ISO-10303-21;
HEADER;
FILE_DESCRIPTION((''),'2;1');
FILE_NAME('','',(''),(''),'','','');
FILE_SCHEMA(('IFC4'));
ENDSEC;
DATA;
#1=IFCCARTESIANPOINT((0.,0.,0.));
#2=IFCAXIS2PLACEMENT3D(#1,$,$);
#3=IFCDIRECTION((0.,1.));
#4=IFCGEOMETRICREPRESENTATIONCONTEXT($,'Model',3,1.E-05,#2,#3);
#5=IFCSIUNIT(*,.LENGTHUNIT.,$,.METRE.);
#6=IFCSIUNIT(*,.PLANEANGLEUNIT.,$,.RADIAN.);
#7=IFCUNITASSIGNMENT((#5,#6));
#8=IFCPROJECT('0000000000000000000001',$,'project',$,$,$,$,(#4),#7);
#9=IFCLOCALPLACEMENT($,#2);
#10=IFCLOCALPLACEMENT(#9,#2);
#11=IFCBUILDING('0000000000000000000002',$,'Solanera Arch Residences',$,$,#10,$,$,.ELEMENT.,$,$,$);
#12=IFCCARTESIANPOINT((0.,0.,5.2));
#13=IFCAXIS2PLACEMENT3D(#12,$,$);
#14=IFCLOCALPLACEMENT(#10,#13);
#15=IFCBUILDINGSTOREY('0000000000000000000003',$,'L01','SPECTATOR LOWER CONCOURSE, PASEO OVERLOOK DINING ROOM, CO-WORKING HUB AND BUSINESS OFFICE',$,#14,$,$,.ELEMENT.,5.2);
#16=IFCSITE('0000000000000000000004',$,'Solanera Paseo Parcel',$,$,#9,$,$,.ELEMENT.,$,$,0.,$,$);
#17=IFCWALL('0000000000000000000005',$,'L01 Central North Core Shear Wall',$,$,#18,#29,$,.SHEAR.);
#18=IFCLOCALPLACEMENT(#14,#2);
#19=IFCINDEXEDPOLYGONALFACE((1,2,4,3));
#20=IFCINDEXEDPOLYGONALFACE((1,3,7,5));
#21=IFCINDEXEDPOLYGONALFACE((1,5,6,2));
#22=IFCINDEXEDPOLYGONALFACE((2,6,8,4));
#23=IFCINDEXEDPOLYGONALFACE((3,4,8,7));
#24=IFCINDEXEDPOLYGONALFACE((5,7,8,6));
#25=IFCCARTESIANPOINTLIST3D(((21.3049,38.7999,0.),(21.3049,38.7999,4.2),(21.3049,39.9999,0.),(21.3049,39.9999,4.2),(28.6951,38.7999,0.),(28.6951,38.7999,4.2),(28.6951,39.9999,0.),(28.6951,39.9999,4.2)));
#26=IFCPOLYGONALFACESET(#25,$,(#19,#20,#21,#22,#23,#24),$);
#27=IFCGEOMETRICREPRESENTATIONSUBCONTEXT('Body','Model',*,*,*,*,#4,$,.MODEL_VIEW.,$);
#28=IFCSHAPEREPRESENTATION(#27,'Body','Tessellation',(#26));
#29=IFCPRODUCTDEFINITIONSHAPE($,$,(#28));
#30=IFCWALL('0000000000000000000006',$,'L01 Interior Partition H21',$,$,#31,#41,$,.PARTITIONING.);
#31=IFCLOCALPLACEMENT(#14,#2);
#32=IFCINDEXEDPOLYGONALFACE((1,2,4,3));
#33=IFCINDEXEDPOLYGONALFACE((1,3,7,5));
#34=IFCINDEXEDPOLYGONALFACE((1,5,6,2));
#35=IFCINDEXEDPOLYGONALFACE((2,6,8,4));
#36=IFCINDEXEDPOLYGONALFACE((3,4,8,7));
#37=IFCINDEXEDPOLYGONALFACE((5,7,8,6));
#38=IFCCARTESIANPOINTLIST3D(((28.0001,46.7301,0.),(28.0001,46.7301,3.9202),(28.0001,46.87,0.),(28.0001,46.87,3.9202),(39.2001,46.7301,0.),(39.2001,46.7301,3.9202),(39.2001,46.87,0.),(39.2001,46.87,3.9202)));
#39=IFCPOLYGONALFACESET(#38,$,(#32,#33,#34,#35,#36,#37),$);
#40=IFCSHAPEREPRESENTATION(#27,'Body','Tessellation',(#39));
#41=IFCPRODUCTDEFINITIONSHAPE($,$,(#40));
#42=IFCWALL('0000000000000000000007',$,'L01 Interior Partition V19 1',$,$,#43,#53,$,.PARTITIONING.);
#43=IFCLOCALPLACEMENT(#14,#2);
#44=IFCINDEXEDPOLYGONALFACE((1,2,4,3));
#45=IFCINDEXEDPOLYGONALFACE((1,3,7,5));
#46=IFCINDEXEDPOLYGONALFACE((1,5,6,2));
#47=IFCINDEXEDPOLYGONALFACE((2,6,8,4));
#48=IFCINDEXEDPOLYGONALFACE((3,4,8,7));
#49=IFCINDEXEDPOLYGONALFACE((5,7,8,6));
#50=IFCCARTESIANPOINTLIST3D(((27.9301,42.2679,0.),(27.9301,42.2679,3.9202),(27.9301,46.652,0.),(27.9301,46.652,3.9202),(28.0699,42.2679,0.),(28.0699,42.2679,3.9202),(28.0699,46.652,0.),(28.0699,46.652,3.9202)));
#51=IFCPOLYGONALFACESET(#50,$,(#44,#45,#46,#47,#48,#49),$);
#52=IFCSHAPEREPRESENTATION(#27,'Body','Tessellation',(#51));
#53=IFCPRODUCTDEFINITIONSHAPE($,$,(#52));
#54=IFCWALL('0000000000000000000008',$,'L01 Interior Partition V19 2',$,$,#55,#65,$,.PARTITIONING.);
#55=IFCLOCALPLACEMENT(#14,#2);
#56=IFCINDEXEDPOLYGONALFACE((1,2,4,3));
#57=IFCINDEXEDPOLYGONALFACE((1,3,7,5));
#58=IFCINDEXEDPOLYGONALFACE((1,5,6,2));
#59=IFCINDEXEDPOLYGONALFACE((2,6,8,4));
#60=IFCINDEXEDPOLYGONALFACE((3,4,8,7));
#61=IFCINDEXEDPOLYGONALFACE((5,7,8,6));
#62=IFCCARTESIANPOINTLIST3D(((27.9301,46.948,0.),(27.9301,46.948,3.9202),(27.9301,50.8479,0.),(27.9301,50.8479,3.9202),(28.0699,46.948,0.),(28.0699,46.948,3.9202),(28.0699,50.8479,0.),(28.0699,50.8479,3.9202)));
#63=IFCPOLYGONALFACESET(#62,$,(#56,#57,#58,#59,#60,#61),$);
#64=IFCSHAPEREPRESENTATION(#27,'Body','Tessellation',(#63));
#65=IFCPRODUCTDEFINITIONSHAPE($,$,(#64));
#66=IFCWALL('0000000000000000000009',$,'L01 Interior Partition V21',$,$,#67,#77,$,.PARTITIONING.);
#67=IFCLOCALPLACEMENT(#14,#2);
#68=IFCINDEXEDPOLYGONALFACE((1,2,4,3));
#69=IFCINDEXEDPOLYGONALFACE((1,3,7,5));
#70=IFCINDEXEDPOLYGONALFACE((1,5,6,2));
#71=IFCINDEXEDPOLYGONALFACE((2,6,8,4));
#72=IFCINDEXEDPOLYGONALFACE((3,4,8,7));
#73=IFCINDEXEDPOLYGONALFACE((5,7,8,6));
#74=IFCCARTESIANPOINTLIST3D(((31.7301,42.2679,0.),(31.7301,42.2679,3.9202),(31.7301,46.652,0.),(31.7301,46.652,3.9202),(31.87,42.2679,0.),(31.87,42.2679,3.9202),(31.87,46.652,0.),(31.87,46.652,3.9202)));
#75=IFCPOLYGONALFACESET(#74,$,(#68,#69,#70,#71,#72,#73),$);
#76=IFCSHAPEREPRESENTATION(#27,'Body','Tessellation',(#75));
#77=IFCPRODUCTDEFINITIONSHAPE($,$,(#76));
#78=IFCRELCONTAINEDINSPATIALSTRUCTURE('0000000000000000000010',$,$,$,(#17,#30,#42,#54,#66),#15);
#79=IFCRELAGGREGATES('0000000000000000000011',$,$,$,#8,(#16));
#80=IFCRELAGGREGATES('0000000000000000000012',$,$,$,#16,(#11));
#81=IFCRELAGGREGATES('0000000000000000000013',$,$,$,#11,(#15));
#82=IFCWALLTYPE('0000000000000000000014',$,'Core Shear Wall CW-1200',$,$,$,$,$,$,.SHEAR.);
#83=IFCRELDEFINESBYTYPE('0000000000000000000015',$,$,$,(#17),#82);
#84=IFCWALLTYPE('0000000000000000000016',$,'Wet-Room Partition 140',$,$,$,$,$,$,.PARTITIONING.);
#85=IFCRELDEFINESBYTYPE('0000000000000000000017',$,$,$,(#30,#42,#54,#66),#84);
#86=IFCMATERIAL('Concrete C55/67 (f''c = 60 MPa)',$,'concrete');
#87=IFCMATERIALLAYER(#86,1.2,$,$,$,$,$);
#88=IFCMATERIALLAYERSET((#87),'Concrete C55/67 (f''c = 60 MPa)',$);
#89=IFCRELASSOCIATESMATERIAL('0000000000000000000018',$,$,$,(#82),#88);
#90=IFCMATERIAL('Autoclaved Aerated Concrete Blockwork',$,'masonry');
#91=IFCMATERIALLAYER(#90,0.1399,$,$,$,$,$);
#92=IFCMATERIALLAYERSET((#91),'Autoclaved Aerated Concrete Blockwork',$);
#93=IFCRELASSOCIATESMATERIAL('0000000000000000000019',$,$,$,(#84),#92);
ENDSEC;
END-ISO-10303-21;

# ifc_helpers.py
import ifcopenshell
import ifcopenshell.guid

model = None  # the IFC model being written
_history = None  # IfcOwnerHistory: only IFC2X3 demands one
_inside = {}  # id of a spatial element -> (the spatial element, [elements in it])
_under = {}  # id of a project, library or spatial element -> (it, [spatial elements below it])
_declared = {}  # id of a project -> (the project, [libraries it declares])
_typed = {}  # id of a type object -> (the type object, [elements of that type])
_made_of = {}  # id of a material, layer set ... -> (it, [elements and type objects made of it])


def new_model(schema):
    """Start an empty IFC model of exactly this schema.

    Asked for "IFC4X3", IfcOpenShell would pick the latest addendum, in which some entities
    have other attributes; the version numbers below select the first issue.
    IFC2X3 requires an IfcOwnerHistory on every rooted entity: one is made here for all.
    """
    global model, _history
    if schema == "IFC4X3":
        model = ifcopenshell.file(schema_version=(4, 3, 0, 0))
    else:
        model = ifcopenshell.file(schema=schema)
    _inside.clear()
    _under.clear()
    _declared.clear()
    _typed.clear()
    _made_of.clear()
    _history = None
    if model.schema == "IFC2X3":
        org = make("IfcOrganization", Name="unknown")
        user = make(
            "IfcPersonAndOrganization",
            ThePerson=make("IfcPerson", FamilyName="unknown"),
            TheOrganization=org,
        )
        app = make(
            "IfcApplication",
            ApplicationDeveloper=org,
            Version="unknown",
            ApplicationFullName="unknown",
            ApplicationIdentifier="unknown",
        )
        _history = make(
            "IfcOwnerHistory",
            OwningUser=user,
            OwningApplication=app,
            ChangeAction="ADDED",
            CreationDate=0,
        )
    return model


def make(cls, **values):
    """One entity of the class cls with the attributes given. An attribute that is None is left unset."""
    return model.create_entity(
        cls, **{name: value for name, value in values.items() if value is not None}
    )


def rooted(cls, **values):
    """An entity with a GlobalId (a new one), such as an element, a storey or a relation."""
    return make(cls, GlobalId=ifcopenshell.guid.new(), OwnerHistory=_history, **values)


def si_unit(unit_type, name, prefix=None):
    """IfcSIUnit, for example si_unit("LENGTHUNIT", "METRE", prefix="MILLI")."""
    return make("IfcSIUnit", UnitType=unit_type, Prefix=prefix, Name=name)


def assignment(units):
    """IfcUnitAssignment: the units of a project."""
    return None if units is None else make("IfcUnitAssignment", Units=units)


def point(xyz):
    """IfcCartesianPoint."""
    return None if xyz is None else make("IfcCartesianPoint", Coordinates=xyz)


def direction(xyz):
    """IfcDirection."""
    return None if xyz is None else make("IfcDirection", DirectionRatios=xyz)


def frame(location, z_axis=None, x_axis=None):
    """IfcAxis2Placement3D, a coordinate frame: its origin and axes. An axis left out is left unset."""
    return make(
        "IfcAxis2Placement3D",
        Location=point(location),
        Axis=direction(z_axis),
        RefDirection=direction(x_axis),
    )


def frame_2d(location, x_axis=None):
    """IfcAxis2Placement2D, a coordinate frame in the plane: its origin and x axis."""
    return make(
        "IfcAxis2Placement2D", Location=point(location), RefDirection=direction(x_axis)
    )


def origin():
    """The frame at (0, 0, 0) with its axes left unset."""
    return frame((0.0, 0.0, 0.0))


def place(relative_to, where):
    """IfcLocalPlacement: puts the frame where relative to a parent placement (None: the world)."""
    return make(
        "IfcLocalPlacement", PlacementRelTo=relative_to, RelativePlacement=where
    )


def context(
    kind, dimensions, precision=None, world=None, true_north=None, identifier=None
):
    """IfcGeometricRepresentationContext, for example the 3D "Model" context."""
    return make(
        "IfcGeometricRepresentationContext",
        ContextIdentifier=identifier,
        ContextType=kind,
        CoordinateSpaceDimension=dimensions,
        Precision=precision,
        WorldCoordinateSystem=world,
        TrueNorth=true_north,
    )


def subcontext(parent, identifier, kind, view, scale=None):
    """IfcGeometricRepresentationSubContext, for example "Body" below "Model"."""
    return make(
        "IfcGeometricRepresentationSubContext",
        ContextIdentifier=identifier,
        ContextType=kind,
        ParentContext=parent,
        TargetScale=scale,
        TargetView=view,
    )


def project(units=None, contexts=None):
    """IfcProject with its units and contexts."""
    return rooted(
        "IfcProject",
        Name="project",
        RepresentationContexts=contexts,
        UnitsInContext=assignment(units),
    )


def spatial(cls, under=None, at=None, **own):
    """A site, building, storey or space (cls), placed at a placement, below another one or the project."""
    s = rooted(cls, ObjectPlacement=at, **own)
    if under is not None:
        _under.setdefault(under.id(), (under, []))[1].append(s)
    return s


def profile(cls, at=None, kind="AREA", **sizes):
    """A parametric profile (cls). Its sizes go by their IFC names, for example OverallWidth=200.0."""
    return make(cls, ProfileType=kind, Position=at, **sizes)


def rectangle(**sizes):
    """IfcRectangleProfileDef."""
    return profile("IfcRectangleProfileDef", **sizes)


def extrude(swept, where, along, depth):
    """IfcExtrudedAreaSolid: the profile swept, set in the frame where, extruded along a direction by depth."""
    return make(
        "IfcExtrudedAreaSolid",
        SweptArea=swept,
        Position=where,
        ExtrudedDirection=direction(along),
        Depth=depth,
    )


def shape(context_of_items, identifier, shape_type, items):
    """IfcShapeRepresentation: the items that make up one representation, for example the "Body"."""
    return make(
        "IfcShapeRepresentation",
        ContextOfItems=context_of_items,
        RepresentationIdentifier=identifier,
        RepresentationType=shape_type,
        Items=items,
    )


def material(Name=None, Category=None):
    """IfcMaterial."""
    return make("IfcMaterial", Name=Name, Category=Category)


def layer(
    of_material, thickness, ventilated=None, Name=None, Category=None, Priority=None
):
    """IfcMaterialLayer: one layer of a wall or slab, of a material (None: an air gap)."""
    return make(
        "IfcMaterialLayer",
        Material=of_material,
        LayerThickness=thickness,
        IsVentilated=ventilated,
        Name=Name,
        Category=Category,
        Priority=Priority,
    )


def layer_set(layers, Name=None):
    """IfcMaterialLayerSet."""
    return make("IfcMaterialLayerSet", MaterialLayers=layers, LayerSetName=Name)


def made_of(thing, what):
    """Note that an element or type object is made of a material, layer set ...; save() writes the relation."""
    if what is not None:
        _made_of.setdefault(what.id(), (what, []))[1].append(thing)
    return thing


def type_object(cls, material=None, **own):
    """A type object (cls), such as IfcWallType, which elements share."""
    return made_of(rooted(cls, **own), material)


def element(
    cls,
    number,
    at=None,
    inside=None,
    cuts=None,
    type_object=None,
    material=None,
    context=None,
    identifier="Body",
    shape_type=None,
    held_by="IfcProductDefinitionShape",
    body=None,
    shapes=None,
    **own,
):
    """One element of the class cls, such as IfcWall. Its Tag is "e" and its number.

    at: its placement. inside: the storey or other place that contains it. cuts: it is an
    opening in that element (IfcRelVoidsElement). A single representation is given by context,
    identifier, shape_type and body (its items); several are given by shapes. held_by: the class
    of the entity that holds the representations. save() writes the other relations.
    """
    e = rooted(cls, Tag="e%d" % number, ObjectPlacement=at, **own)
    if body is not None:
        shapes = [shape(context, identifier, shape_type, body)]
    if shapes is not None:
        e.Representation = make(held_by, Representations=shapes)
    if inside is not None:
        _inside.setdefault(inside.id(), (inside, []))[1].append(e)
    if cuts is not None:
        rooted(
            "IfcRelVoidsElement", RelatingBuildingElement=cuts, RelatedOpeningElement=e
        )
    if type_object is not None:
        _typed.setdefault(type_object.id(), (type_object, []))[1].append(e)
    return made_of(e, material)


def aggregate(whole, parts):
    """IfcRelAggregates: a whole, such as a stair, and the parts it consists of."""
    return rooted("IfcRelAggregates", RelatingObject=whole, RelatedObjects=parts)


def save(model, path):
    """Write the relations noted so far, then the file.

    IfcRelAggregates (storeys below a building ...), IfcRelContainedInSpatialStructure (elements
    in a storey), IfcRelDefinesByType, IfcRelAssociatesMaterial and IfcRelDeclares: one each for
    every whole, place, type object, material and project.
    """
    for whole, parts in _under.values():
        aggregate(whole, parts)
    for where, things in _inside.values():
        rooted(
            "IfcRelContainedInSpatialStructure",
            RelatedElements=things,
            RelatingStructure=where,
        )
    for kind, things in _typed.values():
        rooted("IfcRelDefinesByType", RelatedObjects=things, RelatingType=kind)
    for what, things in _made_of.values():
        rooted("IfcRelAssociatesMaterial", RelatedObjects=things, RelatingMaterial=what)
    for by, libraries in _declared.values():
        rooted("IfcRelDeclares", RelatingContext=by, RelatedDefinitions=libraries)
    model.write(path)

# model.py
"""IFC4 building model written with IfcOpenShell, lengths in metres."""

from ifc_helpers import new_model, si_unit, direction, frame, frame_2d, origin, place, context, subcontext, project, spatial, rectangle, extrude, material, layer, layer_set, type_object, element, save


model = new_model("IFC4")

# Units and contexts
model_context = context("Model", 3, precision=1e-05, world=origin(), true_north=direction((0.0, 1.0)))
body_context = subcontext(model_context, "Body", "Model", "MODEL_VIEW")
ifc_project = project(units=[si_unit("LENGTHUNIT", "METRE"), si_unit("PLANEANGLEUNIT", "RADIAN")], contexts=[model_context])

# Site, building, storey
site_placement = place(None, origin())
site = spatial("IfcSite", under=ifc_project, at=site_placement, Name="Solanera Paseo Parcel", CompositionType="ELEMENT", RefElevation=0.0)
building_placement = place(site_placement, origin())
building = spatial("IfcBuilding", under=site, at=building_placement, Name="Solanera Arch Residences", CompositionType="ELEMENT")
storey_placement = place(building_placement, frame((0.0, 0.0, 5.2)))
storey = spatial("IfcBuildingStorey", under=building, at=storey_placement, Name="L01", Description="SPECTATOR LOWER CONCOURSE, PASEO OVERLOOK DINING ROOM, CO-WORKING HUB AND BUSINESS OFFICE", CompositionType="ELEMENT", Elevation=5.2)

# Walls
ifc_material_1 = material(Name="Concrete C55/67 (f'c = 60 MPa)", Category="concrete")
ifc_layer_1 = layer(ifc_material_1, 1.2)
ifc_layer_set_1 = layer_set([ifc_layer_1], Name="Concrete C55/67 (f'c = 60 MPa)")
wall_type_1 = type_object("IfcWallType", Name="Core Shear Wall CW-1200", PredefinedType="SHEAR", material=ifc_layer_set_1)
wall_1_placement = place(storey_placement, frame((21.3049, 39.3999, 0.0), z_axis=(0.0, 0.0, 1.0), x_axis=(1.0, 0.0, 0.0)))
element("IfcWall", 1, at=wall_1_placement, inside=storey, type_object=wall_type_1, Name="L01 Central North Core Shear Wall", PredefinedType="SHEAR", context=body_context, shape_type="SweptSolid", body=[
    extrude(rectangle(XDim=7.3901, YDim=1.2, at=frame_2d((3.6951, 0.0))), origin(), (0.0, 0.0, 1.0), 4.2),
])
ifc_material_2 = material(Name="Autoclaved Aerated Concrete Blockwork", Category="masonry")
ifc_layer_2 = layer(ifc_material_2, 0.1399)
ifc_layer_set_2 = layer_set([ifc_layer_2], Name="Autoclaved Aerated Concrete Blockwork")
wall_type_2 = type_object("IfcWallType", Name="Wet-Room Partition 140", PredefinedType="PARTITIONING", material=ifc_layer_set_2)
wall_2_placement = place(storey_placement, frame((28.0, 46.8, 0.0), z_axis=(0.0, 0.0, 1.0), x_axis=(1.0, 0.0, 0.0)))
element("IfcWall", 2, at=wall_2_placement, inside=storey, type_object=wall_type_2, Name="L01 Interior Partition H21", PredefinedType="PARTITIONING", context=body_context, shape_type="SweptSolid", body=[
    extrude(rectangle(XDim=11.2, YDim=0.1399, at=frame_2d((5.6001, 0.0))), origin(), (0.0, 0.0, 1.0), 3.9202),
])
wall_3_placement = place(storey_placement, frame((28.0, 42.2681, 0.0), z_axis=(0.0, 0.0, 1.0), x_axis=(0.0, 1.0, 0.0)))
element("IfcWall", 3, at=wall_3_placement, inside=storey, type_object=wall_type_2, Name="L01 Interior Partition V19 1", PredefinedType="PARTITIONING", context=body_context, shape_type="SweptSolid", body=[
    extrude(rectangle(XDim=4.384, YDim=0.1399, at=frame_2d((2.1919, 0.0))), origin(), (0.0, 0.0, 1.0), 3.9202),
])
wall_4_placement = place(storey_placement, frame((28.0, 46.948, 0.0), z_axis=(0.0, 0.0, 1.0), x_axis=(0.0, 1.0, 0.0)))
element("IfcWall", 4, at=wall_4_placement, inside=storey, type_object=wall_type_2, Name="L01 Interior Partition V19 2", PredefinedType="PARTITIONING", context=body_context, shape_type="SweptSolid", body=[
    extrude(rectangle(XDim=3.8999, YDim=0.1399, at=frame_2d((1.95, 0.0))), origin(), (0.0, 0.0, 1.0), 3.9202),
])
wall_5_placement = place(storey_placement, frame((31.8, 42.2681, 0.0), z_axis=(0.0, 0.0, 1.0), x_axis=(0.0, 1.0, 0.0)))
element("IfcWall", 5, at=wall_5_placement, inside=storey, type_object=wall_type_2, Name="L01 Interior Partition V21", PredefinedType="PARTITIONING", context=body_context, shape_type="SweptSolid", body=[
    extrude(rectangle(XDim=4.384, YDim=0.1399, at=frame_2d((2.1919, 0.0))), origin(), (0.0, 0.0, 1.0), 3.9202),
])

save(model, "model.ifc")
